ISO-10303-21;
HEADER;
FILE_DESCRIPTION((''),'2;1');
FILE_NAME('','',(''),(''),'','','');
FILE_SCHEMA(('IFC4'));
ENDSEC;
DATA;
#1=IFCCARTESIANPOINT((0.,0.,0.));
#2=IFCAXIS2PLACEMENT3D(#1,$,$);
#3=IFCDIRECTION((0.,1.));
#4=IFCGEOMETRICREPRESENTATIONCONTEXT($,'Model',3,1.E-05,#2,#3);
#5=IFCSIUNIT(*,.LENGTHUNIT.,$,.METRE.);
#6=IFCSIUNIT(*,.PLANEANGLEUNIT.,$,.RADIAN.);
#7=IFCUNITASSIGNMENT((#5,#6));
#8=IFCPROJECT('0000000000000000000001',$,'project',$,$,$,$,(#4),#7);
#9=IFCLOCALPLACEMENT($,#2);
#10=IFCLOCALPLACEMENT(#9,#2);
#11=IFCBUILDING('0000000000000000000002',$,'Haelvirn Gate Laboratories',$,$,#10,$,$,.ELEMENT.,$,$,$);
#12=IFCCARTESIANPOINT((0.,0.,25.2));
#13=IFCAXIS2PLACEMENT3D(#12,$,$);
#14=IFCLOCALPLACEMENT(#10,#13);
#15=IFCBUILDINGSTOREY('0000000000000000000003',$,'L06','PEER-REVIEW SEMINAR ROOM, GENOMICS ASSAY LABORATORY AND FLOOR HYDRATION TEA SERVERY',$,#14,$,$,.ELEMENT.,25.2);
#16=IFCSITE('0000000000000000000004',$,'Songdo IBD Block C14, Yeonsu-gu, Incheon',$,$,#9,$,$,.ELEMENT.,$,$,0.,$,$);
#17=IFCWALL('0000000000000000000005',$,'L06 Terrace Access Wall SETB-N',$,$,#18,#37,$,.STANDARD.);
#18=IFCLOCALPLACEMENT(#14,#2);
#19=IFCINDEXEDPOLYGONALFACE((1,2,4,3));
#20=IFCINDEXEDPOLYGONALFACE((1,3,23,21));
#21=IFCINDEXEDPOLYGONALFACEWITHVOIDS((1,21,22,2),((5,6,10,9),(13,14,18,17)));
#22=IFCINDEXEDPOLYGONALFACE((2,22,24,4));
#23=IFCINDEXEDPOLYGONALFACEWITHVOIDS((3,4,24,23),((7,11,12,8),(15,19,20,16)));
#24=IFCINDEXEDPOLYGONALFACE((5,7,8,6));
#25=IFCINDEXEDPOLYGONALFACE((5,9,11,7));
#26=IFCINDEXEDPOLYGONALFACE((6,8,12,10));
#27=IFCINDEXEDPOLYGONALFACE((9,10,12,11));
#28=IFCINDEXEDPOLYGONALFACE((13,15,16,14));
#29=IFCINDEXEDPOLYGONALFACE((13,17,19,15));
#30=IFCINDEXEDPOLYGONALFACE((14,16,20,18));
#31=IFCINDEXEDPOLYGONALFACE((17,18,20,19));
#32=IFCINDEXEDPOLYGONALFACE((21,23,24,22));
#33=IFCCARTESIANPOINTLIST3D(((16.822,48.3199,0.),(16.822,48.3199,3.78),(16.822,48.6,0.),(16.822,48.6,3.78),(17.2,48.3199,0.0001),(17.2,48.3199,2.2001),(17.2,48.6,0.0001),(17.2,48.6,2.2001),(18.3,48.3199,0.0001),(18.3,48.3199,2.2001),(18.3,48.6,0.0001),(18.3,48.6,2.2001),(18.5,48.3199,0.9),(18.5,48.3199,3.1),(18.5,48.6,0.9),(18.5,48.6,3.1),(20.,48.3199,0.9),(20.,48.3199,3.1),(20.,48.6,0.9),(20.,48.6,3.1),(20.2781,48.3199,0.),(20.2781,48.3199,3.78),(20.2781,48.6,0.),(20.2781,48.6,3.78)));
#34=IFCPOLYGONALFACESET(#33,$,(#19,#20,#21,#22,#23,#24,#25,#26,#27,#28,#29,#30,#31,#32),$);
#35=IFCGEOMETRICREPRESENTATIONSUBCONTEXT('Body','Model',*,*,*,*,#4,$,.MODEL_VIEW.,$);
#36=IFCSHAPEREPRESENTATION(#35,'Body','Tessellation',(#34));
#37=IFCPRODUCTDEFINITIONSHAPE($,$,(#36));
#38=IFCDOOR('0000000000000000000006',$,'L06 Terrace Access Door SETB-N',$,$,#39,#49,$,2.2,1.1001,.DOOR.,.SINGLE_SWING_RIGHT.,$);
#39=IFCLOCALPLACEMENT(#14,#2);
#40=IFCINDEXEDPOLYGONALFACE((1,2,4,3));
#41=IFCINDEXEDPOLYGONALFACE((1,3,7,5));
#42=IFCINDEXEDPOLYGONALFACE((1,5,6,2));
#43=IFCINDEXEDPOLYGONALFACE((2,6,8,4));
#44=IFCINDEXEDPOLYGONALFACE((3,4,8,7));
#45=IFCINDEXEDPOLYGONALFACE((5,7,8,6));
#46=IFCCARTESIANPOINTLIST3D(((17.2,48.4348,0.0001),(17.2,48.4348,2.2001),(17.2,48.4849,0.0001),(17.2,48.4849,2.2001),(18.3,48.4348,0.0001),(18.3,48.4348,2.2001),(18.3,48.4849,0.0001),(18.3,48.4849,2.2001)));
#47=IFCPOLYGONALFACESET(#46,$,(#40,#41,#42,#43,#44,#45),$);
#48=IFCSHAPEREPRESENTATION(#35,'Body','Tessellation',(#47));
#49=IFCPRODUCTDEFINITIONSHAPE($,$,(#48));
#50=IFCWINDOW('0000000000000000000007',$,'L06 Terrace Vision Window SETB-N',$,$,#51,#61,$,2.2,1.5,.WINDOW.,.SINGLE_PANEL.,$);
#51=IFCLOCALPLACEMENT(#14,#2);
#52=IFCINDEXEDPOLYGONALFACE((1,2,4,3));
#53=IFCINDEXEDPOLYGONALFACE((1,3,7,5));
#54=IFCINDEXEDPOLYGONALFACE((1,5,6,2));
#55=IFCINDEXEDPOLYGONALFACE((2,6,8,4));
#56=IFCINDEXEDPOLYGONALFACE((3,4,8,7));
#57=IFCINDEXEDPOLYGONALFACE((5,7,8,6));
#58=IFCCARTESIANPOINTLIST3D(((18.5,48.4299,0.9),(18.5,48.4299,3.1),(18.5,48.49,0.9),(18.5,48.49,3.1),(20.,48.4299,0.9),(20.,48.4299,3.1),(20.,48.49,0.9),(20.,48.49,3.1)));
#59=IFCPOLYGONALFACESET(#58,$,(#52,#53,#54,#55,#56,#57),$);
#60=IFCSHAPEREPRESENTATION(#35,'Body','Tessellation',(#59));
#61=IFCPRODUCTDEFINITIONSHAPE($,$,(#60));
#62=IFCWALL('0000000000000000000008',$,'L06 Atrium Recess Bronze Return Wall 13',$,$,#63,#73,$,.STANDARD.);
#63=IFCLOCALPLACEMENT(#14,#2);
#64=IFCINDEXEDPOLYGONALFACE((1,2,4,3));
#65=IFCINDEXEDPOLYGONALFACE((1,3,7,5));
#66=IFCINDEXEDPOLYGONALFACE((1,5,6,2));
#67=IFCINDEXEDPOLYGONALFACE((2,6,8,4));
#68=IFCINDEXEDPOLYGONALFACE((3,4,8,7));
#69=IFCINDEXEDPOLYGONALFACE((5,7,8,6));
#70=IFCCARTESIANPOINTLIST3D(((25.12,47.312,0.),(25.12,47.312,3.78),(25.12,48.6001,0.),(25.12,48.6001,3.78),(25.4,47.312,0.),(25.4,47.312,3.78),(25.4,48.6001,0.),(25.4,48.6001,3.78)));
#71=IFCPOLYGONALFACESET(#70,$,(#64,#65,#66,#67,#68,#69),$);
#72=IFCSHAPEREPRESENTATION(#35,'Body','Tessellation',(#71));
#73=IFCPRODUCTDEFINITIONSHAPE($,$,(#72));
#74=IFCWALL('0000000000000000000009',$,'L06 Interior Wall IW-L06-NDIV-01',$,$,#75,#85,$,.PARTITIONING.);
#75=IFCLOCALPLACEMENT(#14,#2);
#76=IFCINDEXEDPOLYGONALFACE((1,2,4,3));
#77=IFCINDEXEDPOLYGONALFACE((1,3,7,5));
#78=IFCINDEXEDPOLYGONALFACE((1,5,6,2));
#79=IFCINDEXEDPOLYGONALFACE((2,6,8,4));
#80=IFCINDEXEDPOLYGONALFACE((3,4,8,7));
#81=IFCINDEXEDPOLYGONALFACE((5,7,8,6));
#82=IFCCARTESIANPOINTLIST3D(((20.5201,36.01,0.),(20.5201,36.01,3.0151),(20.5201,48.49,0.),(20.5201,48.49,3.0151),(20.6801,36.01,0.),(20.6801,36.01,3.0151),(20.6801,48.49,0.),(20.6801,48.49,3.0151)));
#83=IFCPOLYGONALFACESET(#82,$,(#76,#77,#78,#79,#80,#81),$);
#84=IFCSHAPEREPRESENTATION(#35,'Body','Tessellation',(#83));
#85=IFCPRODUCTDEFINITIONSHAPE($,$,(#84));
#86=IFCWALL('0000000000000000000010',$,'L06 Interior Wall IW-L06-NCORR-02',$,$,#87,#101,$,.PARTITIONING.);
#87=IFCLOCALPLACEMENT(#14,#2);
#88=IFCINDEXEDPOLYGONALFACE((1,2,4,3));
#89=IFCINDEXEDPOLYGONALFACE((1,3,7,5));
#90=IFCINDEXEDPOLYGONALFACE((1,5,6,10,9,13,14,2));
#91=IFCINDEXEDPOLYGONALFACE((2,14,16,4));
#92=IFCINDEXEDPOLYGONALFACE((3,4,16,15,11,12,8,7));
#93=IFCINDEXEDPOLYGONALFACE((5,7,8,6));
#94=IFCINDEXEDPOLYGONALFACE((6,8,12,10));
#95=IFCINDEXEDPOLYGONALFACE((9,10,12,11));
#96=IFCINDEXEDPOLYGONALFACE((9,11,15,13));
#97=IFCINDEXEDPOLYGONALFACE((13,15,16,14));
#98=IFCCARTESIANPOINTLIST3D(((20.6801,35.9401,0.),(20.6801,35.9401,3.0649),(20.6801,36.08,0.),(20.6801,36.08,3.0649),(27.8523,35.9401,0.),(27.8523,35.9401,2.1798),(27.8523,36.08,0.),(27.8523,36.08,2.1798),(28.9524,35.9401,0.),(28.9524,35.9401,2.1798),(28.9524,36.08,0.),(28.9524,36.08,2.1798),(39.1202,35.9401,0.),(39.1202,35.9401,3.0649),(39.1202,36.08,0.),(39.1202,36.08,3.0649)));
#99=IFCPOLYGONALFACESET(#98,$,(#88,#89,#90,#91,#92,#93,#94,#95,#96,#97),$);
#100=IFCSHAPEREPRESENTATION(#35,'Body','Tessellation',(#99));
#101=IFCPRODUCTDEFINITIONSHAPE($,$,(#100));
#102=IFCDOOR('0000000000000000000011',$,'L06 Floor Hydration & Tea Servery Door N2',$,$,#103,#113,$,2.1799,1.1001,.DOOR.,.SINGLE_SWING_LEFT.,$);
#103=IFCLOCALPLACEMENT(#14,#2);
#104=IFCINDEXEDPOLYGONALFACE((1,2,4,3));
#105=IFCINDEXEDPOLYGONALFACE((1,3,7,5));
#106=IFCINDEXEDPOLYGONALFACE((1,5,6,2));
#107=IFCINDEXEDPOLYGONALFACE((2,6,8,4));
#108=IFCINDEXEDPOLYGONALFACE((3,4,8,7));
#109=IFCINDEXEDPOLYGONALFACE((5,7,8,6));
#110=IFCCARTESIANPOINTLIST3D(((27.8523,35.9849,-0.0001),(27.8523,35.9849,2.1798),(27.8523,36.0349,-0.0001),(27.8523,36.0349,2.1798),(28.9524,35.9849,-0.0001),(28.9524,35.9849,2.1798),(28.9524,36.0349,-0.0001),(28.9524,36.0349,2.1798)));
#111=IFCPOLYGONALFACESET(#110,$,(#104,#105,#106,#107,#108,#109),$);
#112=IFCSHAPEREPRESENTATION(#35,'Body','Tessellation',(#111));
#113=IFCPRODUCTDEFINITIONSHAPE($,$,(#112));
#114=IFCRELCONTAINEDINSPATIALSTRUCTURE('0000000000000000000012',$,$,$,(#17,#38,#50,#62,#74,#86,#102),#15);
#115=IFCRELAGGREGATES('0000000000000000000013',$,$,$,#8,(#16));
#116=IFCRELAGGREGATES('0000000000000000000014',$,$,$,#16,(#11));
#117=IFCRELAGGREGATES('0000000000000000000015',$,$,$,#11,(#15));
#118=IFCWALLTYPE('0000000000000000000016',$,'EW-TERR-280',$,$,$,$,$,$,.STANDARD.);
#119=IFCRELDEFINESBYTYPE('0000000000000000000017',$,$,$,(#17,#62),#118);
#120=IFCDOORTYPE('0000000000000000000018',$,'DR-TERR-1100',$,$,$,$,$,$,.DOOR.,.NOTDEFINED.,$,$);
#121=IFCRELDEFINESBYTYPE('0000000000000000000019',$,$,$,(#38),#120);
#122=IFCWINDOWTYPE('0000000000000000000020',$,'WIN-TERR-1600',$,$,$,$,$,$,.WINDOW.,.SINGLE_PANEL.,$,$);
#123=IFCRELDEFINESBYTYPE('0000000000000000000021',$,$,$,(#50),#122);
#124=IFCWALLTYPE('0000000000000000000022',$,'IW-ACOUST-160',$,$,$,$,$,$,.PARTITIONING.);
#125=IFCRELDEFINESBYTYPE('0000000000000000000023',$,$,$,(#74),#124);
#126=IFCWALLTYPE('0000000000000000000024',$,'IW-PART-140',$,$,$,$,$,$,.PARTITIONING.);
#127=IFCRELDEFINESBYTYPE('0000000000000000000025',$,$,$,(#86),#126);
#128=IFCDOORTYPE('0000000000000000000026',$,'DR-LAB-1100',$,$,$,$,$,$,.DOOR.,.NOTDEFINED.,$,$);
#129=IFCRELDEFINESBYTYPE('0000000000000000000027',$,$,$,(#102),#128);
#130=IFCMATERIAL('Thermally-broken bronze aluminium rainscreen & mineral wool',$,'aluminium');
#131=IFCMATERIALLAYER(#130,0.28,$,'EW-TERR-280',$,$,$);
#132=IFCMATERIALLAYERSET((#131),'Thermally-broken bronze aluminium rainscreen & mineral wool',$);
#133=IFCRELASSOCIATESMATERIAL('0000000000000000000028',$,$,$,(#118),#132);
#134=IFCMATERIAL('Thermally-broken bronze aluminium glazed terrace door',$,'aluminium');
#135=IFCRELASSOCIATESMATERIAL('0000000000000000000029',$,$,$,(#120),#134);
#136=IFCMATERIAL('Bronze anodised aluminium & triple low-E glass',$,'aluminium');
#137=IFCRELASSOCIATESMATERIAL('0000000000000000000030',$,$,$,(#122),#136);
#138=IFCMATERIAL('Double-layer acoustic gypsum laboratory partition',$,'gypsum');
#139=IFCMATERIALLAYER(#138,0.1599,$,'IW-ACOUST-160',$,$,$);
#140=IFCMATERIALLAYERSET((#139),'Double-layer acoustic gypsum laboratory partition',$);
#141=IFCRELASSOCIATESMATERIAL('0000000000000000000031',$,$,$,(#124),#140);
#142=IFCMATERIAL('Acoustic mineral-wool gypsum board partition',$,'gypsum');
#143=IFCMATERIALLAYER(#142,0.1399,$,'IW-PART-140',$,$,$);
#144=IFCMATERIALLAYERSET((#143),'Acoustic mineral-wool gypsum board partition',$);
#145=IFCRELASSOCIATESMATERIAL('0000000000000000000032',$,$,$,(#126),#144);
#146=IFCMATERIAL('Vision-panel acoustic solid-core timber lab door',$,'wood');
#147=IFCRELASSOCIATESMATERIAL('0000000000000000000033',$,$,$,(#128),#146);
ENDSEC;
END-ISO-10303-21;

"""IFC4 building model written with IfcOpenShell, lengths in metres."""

from ifc_helpers import new_model, si_unit, direction, frame, frame_2d, origin, place, context, subcontext, project, spatial, rectangle, extrude, source, transform, mapped, material, layer, layer_set, type_object, type_shapes, element, fill, save


model = new_model("IFC4")

# Units and contexts
model_context = context("Model", 3, precision=1e-05, world=origin(), true_north=direction((0.0, 1.0)))
body_context = subcontext(model_context, "Body", "Model", "MODEL_VIEW")
ifc_project = project(units=[si_unit("LENGTHUNIT", "METRE"), si_unit("PLANEANGLEUNIT", "RADIAN")], contexts=[model_context])

# Site, building, storey
site_placement = place(None, origin())
site = spatial("IfcSite", under=ifc_project, at=site_placement, Name="Songdo IBD Block C14, Yeonsu-gu, Incheon", CompositionType="ELEMENT", RefElevation=0.0)
building_placement = place(site_placement, origin())
building = spatial("IfcBuilding", under=site, at=building_placement, Name="Haelvirn Gate Laboratories", CompositionType="ELEMENT")
storey_placement = place(building_placement, frame((0.0, 0.0, 25.2)))
storey = spatial("IfcBuildingStorey", under=building, at=storey_placement, Name="L06", Description="PEER-REVIEW SEMINAR ROOM, GENOMICS ASSAY LABORATORY AND FLOOR HYDRATION TEA SERVERY", CompositionType="ELEMENT", Elevation=25.2)

# Wall, openings, door, window
ifc_material_1 = material(Name="Thermally-broken bronze aluminium rainscreen & mineral wool", Category="aluminium")
ifc_layer_1 = layer(ifc_material_1, 0.28, Name="EW-TERR-280")
ifc_layer_set_1 = layer_set([ifc_layer_1], Name="Thermally-broken bronze aluminium rainscreen & mineral wool")
wall_type_1 = type_object("IfcWallType", Name="EW-TERR-280", PredefinedType="STANDARD", material=ifc_layer_set_1)
wall_1_placement = place(storey_placement, frame((16.822, 48.46, 0.0), z_axis=(0.0, 0.0, 1.0), x_axis=(1.0, 0.0, 0.0)))
wall_1 = element("IfcWall", 1, at=wall_1_placement, inside=storey, type_object=wall_type_1, Name="L06 Terrace Access Wall SETB-N", PredefinedType="STANDARD", context=body_context, shape_type="SweptSolid", body=[
    extrude(rectangle(XDim=3.4561, YDim=0.28, at=frame_2d((1.728, 0.0))), origin(), (0.0, 0.0, 1.0), 3.78),
])
opening_1_placement = place(wall_1_placement, frame((0.3779, 0.0, 0.0)))
opening_1 = element("IfcOpeningElement", 2, at=opening_1_placement, cuts=wall_1, PredefinedType="OPENING", context=body_context, shape_type="SweptSolid", body=[
    extrude(rectangle(XDim=1.1001, YDim=2.2, at=frame_2d((0.55, 1.1001))), frame((0.0, 0.1499, 0.0), z_axis=(0.0, -1.0, 0.0), x_axis=(1.0, 0.0, 0.0)), (0.0, 0.0, 1.0), 0.3),
])
opening_2_placement = place(wall_1_placement, frame((1.678, 0.0, 0.8999)))
opening_2 = element("IfcOpeningElement", 3, at=opening_2_placement, cuts=wall_1, PredefinedType="OPENING", context=body_context, shape_type="SweptSolid", body=[
    extrude(rectangle(XDim=1.5, YDim=2.2, at=frame_2d((0.75, 1.1001))), frame((0.0, 0.1499, 0.0), z_axis=(0.0, -1.0, 0.0), x_axis=(1.0, 0.0, 0.0)), (0.0, 0.0, 1.0), 0.3),
])
ifc_material_2 = material(Name="Thermally-broken bronze aluminium glazed terrace door", Category="aluminium")
door_type_1 = type_object("IfcDoorType", Name="DR-TERR-1100", OperationType="NOTDEFINED", PredefinedType="DOOR", material=ifc_material_2)
shared_shape_1 = source(origin(), body_context, "Body", "SweptSolid", [
    extrude(rectangle(XDim=1.1001, YDim=2.2, at=frame_2d((0.55, 1.1001))), frame((0.0, 0.0249, 0.0), z_axis=(0.0, -1.0, 0.0), x_axis=(1.0, 0.0, 0.0)), (0.0, 0.0, 1.0), 0.05),
])
type_shapes(door_type_1, [shared_shape_1])
door_1_placement = place(opening_1_placement, origin())
door_1 = element("IfcDoor", 4, at=door_1_placement, inside=storey, type_object=door_type_1, Name="L06 Terrace Access Door SETB-N", OperationType="SINGLE_SWING_RIGHT", OverallHeight=2.2, OverallWidth=1.1001, PredefinedType="DOOR", context=body_context, shape_type="MappedRepresentation", body=[
    mapped(shared_shape_1, transform((0.0, 0.0, 0.0), scale=1.0)),
])
fill(opening_1, door_1)
ifc_material_3 = material(Name="Bronze anodised aluminium & triple low-E glass", Category="aluminium")
window_type = type_object("IfcWindowType", Name="WIN-TERR-1600", PartitioningType="SINGLE_PANEL", PredefinedType="WINDOW", material=ifc_material_3)
shared_shape_2 = source(origin(), body_context, "Body", "SweptSolid", [
    extrude(rectangle(XDim=1.5, YDim=2.2, at=frame_2d((0.75, 1.1001))), frame((0.0, 0.03, 0.0), z_axis=(0.0, -1.0, 0.0), x_axis=(1.0, 0.0, 0.0)), (0.0, 0.0, 1.0), 0.0601),
])
type_shapes(window_type, [shared_shape_2])
window_placement = place(opening_2_placement, origin())
window = element("IfcWindow", 5, at=window_placement, inside=storey, type_object=window_type, Name="L06 Terrace Vision Window SETB-N", OverallHeight=2.2, OverallWidth=1.5, PartitioningType="SINGLE_PANEL", PredefinedType="WINDOW", context=body_context, shape_type="MappedRepresentation", body=[
    mapped(shared_shape_2, transform((0.0, 0.0, 0.0), scale=1.0)),
])
fill(opening_2, window)

# Walls
wall_2_placement = place(storey_placement, frame((25.26, 47.312, 0.0), z_axis=(0.0, 0.0, 1.0), x_axis=(0.0, 1.0, 0.0)))
element("IfcWall", 6, at=wall_2_placement, inside=storey, type_object=wall_type_1, Name="L06 Atrium Recess Bronze Return Wall 13", PredefinedType="STANDARD", context=body_context, shape_type="SweptSolid", body=[
    extrude(rectangle(XDim=1.2881, YDim=0.28, at=frame_2d((0.644, 0.0))), origin(), (0.0, 0.0, 1.0), 3.78),
])
ifc_material_4 = material(Name="Double-layer acoustic gypsum laboratory partition", Category="gypsum")
ifc_layer_2 = layer(ifc_material_4, 0.1599, Name="IW-ACOUST-160")
ifc_layer_set_2 = layer_set([ifc_layer_2], Name="Double-layer acoustic gypsum laboratory partition")
wall_type_2 = type_object("IfcWallType", Name="IW-ACOUST-160", PredefinedType="PARTITIONING", material=ifc_layer_set_2)
wall_3_placement = place(storey_placement, frame((20.6001, 36.01, 0.0), z_axis=(0.0, 0.0, 1.0), x_axis=(0.0, 1.0, 0.0)))
element("IfcWall", 7, at=wall_3_placement, inside=storey, type_object=wall_type_2, Name="L06 Interior Wall IW-L06-NDIV-01", PredefinedType="PARTITIONING", context=body_context, shape_type="SweptSolid", body=[
    extrude(rectangle(XDim=12.48, YDim=0.1599, at=frame_2d((6.24, 0.0))), origin(), (0.0, 0.0, 1.0), 3.0151),
])

# Wall, opening, door
ifc_material_5 = material(Name="Acoustic mineral-wool gypsum board partition", Category="gypsum")
ifc_layer_3 = layer(ifc_material_5, 0.1399, Name="IW-PART-140")
ifc_layer_set_3 = layer_set([ifc_layer_3], Name="Acoustic mineral-wool gypsum board partition")
wall_type_3 = type_object("IfcWallType", Name="IW-PART-140", PredefinedType="PARTITIONING", material=ifc_layer_set_3)
wall_4_placement = place(storey_placement, frame((20.6799, 36.01, 0.0), z_axis=(0.0, 0.0, 1.0), x_axis=(1.0, 0.0, 0.0)))
wall_4 = element("IfcWall", 8, at=wall_4_placement, inside=storey, type_object=wall_type_3, Name="L06 Interior Wall IW-L06-NCORR-02", PredefinedType="PARTITIONING", context=body_context, shape_type="SweptSolid", body=[
    extrude(rectangle(XDim=18.4402, YDim=0.1399, at=frame_2d((9.2202, 0.0))), origin(), (0.0, 0.0, 1.0), 3.0649),
])
opening_3_placement = place(wall_4_placement, frame((7.1724, 0.0, 0.0)))
opening_3 = element("IfcOpeningElement", 9, at=opening_3_placement, cuts=wall_4, PredefinedType="OPENING", context=body_context, shape_type="SweptSolid", body=[
    extrude(rectangle(XDim=1.1001, YDim=2.1799, at=frame_2d((0.55, 1.0898))), frame((0.0, 0.0801, 0.0), z_axis=(0.0, -1.0, 0.0), x_axis=(1.0, 0.0, 0.0)), (0.0, 0.0, 1.0), 0.1599),
])
ifc_material_6 = material(Name="Vision-panel acoustic solid-core timber lab door", Category="wood")
door_type_2 = type_object("IfcDoorType", Name="DR-LAB-1100", OperationType="NOTDEFINED", PredefinedType="DOOR", material=ifc_material_6)
shared_shape_3 = source(origin(), body_context, "Body", "SweptSolid", [
    extrude(rectangle(XDim=1.1001, YDim=2.1799, at=frame_2d((0.55, 1.0898))), frame((0.0, 0.0249, 0.0), z_axis=(0.0, -1.0, 0.0), x_axis=(1.0, 0.0, 0.0)), (0.0, 0.0, 1.0), 0.05),
])
type_shapes(door_type_2, [shared_shape_3])
door_2_placement = place(opening_3_placement, origin())
door_2 = element("IfcDoor", 10, at=door_2_placement, inside=storey, type_object=door_type_2, Name="L06 Floor Hydration & Tea Servery Door N2", OperationType="SINGLE_SWING_LEFT", OverallHeight=2.1799, OverallWidth=1.1001, PredefinedType="DOOR", context=body_context, shape_type="MappedRepresentation", body=[
    mapped(shared_shape_3, transform((0.0, 0.0, 0.0), scale=1.0)),
])
fill(opening_3, door_2)

save(model, "model.ifc")
